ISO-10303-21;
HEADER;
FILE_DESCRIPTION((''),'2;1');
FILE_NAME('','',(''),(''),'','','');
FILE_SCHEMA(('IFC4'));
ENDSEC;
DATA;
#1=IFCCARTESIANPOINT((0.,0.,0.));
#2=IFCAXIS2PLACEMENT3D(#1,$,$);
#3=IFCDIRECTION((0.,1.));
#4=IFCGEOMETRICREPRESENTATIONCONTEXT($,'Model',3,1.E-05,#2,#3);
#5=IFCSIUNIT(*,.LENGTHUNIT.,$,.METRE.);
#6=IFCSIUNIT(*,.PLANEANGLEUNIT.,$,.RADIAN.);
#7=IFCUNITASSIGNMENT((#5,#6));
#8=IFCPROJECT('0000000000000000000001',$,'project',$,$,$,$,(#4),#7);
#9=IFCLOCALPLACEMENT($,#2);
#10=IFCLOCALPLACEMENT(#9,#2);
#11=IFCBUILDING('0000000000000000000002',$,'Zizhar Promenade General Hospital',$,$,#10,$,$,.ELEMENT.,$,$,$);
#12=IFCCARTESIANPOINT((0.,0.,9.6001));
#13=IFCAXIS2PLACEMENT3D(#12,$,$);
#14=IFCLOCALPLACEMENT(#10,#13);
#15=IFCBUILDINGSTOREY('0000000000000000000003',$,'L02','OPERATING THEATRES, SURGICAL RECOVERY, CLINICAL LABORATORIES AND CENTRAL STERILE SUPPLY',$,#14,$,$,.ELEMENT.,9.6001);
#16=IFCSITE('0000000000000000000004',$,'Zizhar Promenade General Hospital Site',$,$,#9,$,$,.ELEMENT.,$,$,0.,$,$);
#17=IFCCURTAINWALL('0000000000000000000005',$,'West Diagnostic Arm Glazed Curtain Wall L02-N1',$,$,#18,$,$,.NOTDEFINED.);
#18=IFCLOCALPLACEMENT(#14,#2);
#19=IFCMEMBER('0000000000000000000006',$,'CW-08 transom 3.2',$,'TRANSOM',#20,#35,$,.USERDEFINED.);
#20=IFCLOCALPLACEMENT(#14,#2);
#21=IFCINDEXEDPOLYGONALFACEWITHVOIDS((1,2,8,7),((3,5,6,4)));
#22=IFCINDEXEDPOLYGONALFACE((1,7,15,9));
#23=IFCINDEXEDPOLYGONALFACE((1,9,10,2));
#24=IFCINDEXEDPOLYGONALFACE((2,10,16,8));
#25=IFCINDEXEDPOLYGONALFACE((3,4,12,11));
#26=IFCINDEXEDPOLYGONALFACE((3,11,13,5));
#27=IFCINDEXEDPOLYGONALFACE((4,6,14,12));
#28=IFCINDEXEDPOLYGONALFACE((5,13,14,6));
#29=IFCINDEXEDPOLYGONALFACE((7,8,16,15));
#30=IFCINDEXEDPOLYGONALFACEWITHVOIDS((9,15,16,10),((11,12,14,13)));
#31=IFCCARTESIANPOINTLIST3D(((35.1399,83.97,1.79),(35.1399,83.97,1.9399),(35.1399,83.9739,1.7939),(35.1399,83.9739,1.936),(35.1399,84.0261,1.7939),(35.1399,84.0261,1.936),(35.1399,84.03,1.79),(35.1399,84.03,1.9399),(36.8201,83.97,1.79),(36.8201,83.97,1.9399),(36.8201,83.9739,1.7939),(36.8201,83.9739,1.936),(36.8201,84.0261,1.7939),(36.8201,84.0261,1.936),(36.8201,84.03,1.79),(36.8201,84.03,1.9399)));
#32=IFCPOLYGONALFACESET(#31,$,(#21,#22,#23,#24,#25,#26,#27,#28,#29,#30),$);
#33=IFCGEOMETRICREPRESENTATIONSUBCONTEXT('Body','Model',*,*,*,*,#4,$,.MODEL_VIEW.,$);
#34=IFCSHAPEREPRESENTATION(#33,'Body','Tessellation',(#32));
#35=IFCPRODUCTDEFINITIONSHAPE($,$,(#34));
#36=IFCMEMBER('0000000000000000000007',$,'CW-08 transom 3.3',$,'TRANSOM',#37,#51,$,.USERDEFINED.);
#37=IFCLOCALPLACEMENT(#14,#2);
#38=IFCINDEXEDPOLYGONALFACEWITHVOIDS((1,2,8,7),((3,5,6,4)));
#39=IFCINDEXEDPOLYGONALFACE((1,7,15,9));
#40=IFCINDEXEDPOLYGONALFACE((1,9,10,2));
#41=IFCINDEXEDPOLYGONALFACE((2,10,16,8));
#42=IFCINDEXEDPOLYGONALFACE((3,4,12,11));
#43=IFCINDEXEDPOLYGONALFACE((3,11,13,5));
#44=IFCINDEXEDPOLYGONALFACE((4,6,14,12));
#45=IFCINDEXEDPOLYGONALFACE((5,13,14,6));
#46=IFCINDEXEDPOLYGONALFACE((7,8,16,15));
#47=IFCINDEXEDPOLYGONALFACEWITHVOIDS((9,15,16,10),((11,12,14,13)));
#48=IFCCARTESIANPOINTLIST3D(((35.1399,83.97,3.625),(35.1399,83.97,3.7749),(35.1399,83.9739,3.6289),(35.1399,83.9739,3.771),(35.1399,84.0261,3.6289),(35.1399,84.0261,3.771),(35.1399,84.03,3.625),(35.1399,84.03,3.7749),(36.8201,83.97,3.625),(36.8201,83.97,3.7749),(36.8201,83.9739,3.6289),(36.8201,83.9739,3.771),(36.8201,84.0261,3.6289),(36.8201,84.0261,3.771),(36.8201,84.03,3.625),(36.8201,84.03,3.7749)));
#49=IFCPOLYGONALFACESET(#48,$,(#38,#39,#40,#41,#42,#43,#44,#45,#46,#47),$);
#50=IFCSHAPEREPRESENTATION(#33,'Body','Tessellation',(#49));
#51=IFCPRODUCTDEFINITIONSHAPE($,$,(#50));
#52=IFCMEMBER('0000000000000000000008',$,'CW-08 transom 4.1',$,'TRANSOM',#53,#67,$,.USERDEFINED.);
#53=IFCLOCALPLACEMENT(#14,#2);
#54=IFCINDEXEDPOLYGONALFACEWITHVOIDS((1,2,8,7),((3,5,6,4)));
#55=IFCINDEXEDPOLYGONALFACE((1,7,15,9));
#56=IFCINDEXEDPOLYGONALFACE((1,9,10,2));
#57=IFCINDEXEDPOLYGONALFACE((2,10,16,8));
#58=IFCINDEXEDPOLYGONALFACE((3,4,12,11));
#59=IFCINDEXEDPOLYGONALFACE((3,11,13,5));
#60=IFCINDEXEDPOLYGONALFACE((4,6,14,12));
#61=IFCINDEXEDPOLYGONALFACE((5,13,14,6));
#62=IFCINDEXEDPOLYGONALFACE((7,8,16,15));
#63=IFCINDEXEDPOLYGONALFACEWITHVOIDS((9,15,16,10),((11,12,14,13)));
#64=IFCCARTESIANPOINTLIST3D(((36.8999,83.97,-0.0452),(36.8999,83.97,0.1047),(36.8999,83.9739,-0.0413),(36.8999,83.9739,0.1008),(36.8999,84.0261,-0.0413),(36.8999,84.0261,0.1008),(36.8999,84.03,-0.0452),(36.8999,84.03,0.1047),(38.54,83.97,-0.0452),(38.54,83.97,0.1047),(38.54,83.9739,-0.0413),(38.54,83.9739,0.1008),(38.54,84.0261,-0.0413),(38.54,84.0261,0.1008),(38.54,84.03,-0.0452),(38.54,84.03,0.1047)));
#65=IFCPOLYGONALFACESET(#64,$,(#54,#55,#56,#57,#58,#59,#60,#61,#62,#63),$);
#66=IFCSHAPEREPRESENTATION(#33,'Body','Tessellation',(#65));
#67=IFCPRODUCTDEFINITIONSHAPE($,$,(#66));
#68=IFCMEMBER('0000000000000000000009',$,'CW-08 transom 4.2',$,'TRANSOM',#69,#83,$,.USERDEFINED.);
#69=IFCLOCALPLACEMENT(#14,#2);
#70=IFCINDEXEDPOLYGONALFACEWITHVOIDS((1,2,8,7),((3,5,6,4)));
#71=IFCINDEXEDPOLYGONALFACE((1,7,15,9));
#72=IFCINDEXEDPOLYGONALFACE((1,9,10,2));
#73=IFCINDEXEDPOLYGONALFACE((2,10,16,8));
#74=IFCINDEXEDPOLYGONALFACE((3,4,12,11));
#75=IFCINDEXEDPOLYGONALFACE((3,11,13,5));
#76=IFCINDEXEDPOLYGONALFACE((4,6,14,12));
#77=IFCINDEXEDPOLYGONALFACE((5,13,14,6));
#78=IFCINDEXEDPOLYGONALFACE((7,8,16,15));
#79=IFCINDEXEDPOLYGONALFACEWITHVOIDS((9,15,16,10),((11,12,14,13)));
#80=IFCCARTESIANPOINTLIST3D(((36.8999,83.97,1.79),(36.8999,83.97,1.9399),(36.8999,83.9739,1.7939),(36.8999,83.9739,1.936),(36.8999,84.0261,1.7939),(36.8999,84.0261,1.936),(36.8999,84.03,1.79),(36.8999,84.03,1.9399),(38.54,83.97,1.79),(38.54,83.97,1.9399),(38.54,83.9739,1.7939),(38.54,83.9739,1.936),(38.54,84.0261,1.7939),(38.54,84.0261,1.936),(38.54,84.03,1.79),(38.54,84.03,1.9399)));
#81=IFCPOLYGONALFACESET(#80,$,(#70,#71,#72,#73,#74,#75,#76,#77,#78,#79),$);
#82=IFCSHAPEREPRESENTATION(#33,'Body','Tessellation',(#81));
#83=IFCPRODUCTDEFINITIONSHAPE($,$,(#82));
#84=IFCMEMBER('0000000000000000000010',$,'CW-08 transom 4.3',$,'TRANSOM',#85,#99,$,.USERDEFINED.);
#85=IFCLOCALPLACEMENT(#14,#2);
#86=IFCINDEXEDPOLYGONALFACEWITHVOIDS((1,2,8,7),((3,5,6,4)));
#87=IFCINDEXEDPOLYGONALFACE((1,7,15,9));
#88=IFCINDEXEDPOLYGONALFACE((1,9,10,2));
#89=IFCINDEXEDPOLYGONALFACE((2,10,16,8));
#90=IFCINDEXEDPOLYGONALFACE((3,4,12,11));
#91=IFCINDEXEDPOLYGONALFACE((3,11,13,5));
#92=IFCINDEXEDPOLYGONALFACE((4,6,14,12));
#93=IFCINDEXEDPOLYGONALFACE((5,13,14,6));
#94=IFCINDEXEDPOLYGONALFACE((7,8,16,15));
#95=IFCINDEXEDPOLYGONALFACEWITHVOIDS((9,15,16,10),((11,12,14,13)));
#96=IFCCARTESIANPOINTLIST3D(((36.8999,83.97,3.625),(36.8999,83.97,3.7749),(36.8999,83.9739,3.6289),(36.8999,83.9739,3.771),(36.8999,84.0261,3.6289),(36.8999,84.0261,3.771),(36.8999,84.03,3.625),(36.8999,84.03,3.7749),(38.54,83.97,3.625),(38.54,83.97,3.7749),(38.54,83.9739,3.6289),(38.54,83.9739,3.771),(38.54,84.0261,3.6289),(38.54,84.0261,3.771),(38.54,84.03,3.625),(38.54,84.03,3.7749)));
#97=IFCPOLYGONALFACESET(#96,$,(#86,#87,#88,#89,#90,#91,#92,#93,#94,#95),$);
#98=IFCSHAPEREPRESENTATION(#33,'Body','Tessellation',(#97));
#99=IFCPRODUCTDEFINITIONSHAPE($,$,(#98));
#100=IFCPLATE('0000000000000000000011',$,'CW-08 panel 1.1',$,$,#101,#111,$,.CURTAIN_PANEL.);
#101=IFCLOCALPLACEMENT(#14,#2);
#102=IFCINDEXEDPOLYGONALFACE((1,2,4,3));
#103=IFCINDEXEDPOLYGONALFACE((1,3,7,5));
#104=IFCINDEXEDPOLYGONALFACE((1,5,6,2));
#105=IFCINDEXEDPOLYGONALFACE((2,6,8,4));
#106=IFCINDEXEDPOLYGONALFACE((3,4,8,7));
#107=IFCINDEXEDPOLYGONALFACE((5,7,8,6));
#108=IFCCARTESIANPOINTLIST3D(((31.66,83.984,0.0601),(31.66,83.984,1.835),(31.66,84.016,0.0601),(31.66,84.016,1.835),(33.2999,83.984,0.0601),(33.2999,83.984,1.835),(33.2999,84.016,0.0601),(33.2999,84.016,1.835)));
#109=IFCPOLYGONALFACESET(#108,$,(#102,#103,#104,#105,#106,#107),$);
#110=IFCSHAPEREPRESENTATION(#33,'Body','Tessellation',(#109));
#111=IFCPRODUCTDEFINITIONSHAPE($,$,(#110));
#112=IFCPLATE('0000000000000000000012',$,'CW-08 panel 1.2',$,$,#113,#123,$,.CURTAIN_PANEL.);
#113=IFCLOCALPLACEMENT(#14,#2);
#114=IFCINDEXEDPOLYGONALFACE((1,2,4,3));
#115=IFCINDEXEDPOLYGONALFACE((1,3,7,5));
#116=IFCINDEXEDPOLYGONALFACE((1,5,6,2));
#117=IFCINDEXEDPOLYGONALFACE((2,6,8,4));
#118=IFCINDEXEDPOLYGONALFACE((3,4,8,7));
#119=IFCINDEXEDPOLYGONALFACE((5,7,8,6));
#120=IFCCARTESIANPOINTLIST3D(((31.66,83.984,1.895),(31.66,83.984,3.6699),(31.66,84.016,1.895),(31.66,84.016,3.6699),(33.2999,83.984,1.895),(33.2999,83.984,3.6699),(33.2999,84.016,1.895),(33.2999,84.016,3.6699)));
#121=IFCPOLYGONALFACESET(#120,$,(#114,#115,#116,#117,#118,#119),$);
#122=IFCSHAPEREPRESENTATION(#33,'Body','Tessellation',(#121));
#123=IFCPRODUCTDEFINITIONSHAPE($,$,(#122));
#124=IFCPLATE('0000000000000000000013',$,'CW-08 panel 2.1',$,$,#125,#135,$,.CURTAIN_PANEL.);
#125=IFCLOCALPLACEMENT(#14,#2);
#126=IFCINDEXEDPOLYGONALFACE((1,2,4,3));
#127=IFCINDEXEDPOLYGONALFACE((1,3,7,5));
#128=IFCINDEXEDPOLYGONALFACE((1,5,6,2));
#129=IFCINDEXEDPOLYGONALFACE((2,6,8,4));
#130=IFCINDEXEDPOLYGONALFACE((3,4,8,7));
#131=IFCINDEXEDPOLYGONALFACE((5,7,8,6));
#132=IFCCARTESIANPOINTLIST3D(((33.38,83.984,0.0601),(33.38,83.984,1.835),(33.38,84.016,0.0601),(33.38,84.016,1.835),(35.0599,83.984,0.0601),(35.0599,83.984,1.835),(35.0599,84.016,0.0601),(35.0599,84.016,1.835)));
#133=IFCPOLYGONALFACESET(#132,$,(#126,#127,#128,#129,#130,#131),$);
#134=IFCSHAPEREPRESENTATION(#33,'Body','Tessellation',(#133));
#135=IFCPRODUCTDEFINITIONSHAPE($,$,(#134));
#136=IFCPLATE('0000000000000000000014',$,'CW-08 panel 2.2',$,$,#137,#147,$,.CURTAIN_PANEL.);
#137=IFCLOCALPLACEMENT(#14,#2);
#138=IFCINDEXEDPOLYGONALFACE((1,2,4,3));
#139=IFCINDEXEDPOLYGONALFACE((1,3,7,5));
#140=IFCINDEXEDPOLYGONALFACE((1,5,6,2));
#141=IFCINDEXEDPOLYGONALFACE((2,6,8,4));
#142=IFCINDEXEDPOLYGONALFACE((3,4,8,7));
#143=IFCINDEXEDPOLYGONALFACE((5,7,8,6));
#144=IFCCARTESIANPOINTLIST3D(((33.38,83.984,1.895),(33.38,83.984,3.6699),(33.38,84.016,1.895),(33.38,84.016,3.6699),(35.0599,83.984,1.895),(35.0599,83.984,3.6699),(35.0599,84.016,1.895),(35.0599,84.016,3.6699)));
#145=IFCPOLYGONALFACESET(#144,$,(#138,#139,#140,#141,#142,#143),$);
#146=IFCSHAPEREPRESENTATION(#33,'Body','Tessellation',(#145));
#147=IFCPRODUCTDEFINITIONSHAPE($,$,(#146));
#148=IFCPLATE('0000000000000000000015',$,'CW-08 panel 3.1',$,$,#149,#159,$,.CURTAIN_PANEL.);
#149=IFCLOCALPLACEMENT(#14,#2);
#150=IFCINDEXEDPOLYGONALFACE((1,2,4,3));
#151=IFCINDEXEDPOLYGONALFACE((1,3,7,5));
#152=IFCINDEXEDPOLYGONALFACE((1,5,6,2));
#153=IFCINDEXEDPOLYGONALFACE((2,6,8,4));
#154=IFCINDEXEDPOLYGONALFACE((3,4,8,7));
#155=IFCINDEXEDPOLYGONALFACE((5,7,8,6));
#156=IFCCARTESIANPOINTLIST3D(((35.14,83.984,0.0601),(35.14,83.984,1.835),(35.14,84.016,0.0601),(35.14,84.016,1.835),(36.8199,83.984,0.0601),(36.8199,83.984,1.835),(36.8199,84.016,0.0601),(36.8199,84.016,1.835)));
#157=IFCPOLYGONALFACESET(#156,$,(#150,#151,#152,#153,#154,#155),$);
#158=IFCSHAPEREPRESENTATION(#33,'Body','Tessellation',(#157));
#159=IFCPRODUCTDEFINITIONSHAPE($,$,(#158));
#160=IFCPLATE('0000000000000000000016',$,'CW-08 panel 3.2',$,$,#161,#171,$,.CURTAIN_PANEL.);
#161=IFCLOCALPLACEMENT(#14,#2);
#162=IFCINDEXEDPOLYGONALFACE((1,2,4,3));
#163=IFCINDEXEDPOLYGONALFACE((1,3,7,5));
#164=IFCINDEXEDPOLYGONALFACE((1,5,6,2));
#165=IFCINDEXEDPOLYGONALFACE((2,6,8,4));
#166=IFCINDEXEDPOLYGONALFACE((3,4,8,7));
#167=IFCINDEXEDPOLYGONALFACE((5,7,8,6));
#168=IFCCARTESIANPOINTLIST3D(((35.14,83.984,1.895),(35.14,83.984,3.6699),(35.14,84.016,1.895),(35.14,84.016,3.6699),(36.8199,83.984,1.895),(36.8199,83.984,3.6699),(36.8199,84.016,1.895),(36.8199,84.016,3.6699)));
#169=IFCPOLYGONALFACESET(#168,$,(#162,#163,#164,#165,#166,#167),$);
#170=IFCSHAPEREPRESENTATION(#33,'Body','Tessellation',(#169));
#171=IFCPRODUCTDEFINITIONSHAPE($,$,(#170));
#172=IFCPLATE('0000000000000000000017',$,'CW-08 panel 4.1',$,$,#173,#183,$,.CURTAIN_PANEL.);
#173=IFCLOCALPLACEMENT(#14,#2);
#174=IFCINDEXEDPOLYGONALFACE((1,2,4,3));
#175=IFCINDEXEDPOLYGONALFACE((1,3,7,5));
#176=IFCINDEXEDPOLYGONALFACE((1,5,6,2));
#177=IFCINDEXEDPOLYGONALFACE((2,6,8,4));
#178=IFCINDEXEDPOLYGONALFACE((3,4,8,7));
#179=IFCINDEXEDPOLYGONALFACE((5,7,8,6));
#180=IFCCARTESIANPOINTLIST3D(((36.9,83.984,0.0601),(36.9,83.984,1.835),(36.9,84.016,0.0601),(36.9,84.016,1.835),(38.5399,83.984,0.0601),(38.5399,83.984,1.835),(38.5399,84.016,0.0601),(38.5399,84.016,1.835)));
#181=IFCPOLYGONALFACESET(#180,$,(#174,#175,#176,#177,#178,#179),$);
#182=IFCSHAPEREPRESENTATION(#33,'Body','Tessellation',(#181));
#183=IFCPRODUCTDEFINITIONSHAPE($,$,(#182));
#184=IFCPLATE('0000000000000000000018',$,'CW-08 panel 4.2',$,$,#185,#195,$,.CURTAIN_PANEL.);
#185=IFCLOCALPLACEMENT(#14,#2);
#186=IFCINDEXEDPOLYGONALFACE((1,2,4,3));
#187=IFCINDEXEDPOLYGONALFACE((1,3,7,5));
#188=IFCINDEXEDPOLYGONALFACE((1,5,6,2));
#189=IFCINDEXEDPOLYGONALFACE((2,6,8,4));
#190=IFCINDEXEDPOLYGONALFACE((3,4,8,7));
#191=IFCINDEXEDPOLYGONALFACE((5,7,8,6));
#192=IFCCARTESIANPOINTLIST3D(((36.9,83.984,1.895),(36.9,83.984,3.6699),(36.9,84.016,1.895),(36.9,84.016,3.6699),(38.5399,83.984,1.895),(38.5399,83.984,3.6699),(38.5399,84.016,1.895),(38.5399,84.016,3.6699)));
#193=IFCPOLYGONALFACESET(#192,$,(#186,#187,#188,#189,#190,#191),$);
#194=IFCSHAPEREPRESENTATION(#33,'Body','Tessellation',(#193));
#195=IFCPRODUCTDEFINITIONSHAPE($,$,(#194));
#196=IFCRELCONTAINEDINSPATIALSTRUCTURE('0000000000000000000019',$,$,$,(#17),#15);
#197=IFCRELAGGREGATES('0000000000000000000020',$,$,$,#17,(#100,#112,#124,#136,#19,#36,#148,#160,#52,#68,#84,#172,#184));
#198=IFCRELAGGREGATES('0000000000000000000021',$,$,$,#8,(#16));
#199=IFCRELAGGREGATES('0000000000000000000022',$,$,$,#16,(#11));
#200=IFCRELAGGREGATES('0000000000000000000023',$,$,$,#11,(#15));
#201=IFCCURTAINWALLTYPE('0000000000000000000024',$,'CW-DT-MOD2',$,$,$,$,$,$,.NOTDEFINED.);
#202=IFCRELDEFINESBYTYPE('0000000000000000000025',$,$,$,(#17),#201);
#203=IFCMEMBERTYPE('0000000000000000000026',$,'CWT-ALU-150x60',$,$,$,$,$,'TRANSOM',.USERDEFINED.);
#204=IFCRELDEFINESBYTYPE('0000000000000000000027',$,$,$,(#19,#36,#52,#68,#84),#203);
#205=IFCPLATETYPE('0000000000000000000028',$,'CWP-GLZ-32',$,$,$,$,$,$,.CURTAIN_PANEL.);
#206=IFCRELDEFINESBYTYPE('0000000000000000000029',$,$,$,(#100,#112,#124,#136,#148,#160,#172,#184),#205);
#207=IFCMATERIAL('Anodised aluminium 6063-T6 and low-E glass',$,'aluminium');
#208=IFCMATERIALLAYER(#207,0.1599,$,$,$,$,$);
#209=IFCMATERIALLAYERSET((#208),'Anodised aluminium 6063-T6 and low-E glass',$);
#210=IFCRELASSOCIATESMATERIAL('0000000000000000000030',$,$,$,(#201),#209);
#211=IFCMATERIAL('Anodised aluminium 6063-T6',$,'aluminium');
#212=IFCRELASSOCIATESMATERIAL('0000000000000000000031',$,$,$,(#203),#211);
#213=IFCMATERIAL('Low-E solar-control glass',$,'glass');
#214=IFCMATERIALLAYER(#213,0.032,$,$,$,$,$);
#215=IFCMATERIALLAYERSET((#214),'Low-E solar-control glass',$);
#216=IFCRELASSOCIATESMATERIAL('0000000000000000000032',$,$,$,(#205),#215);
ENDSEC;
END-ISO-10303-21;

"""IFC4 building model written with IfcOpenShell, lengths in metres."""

from ifc_helpers import new_model, si_unit, direction, frame, origin, origin_2d, place, context, subcontext, project, spatial, rectangle, hollow_rectangle, extrude, material, layer, layer_set, material_profile, profile_set, type_object, element, aggregate, save


model = new_model("IFC4")

# Units and contexts
model_context = context("Model", 3, precision=1e-05, world=origin(), true_north=direction((0.0, 1.0)))
body_context = subcontext(model_context, "Body", "Model", "MODEL_VIEW")
ifc_project = project(units=[si_unit("LENGTHUNIT", "METRE"), si_unit("PLANEANGLEUNIT", "RADIAN")], contexts=[model_context])

# Site, building, storey
site_placement = place(None, origin())
site = spatial("IfcSite", under=ifc_project, at=site_placement, Name="Zizhar Promenade General Hospital Site", CompositionType="ELEMENT", RefElevation=0.0)
building_placement = place(site_placement, origin())
building = spatial("IfcBuilding", under=site, at=building_placement, Name="Zizhar Promenade General Hospital", CompositionType="ELEMENT")
storey_placement = place(building_placement, frame((0.0, 0.0, 9.6001)))
storey = spatial("IfcBuildingStorey", under=building, at=storey_placement, Name="L02", Description="OPERATING THEATRES, SURGICAL RECOVERY, CLINICAL LABORATORIES AND CENTRAL STERILE SUPPLY", CompositionType="ELEMENT", Elevation=9.6001)

# Curtain wall
ifc_material_1 = material(Name="Anodised aluminium 6063-T6 and low-E glass", Category="aluminium")
ifc_layer_1 = layer(ifc_material_1, 0.1599)
ifc_layer_set_1 = layer_set([ifc_layer_1], Name="Anodised aluminium 6063-T6 and low-E glass")
curtain_wall_type = type_object("IfcCurtainWallType", Name="CW-DT-MOD2", PredefinedType="NOTDEFINED", material=ifc_layer_set_1)
curtain_wall_1_placement = place(storey_placement, origin())
curtain_wall_1 = element("IfcCurtainWall", 1, at=curtain_wall_1_placement, inside=storey, type_object=curtain_wall_type, Name="West Diagnostic Arm Glazed Curtain Wall L02-N1", PredefinedType="NOTDEFINED")

# Members
ifc_material_2 = material(Name="Anodised aluminium 6063-T6", Category="aluminium")
ifc_material_profile_1 = material_profile(ifc_material_2, hollow_rectangle(XDim=0.0601, YDim=0.1499, WallThickness=0.0039, at=origin_2d()))
ifc_profile_set_1 = profile_set([ifc_material_profile_1], Name="Anodised aluminium 6063-T6")
member_type_1 = type_object("IfcMemberType", Name="CWT-ALU-150x60", ElementType="TRANSOM", PredefinedType="USERDEFINED", material=ifc_profile_set_1)
member_1_placement = place(storey_placement, frame((35.1399, 84.0, 1.865), z_axis=(1.0, 0.0, 0.0), x_axis=(0.0, 1.0, 0.0)))
member_1 = element("IfcMember", 2, at=member_1_placement, type_object=member_type_1, Name="CW-08 transom 3.2", ObjectType="TRANSOM", PredefinedType="USERDEFINED", context=body_context, shape_type="SweptSolid", body=[
    extrude(hollow_rectangle(XDim=0.0601, YDim=0.1499, WallThickness=0.0039, at=origin_2d()), origin(), (0.0, 0.0, 1.0), 1.6802),
])
member_2_placement = place(storey_placement, frame((35.1399, 84.0, 3.7), z_axis=(1.0, 0.0, 0.0), x_axis=(0.0, 1.0, 0.0)))
member_2 = element("IfcMember", 3, at=member_2_placement, type_object=member_type_1, Name="CW-08 transom 3.3", ObjectType="TRANSOM", PredefinedType="USERDEFINED", context=body_context, shape_type="SweptSolid", body=[
    extrude(hollow_rectangle(XDim=0.0601, YDim=0.1499, WallThickness=0.0039, at=origin_2d()), origin(), (0.0, 0.0, 1.0), 1.6802),
])
member_3_placement = place(storey_placement, frame((36.8999, 84.0, 0.0298), z_axis=(1.0, 0.0, 0.0), x_axis=(0.0, 1.0, 0.0)))
member_3 = element("IfcMember", 4, at=member_3_placement, type_object=member_type_1, Name="CW-08 transom 4.1", ObjectType="TRANSOM", PredefinedType="USERDEFINED", context=body_context, shape_type="SweptSolid", body=[
    extrude(hollow_rectangle(XDim=0.0601, YDim=0.1499, WallThickness=0.0039, at=origin_2d()), origin(), (0.0, 0.0, 1.0), 1.6401),
])
member_4_placement = place(storey_placement, frame((36.8999, 84.0, 1.865), z_axis=(1.0, 0.0, 0.0), x_axis=(0.0, 1.0, 0.0)))
member_4 = element("IfcMember", 5, at=member_4_placement, type_object=member_type_1, Name="CW-08 transom 4.2", ObjectType="TRANSOM", PredefinedType="USERDEFINED", context=body_context, shape_type="SweptSolid", body=[
    extrude(hollow_rectangle(XDim=0.0601, YDim=0.1499, WallThickness=0.0039, at=origin_2d()), origin(), (0.0, 0.0, 1.0), 1.6401),
])
member_5_placement = place(storey_placement, frame((36.8999, 84.0, 3.7), z_axis=(1.0, 0.0, 0.0), x_axis=(0.0, 1.0, 0.0)))
member_5 = element("IfcMember", 6, at=member_5_placement, type_object=member_type_1, Name="CW-08 transom 4.3", ObjectType="TRANSOM", PredefinedType="USERDEFINED", context=body_context, shape_type="SweptSolid", body=[
    extrude(hollow_rectangle(XDim=0.0601, YDim=0.1499, WallThickness=0.0039, at=origin_2d()), origin(), (0.0, 0.0, 1.0), 1.6401),
])

# Plates
ifc_material_3 = material(Name="Low-E solar-control glass", Category="glass")
ifc_layer_2 = layer(ifc_material_3, 0.032)
ifc_layer_set_2 = layer_set([ifc_layer_2], Name="Low-E solar-control glass")
plate_type = type_object("IfcPlateType", Name="CWP-GLZ-32", PredefinedType="CURTAIN_PANEL", material=ifc_layer_set_2)
plate_1_placement = place(storey_placement, frame((32.48, 84.0, 0.0601), z_axis=(0.0, 0.0, 1.0), x_axis=(1.0, 0.0, 0.0)))
plate_1 = element("IfcPlate", 7, at=plate_1_placement, type_object=plate_type, Name="CW-08 panel 1.1", PredefinedType="CURTAIN_PANEL", context=body_context, shape_type="SweptSolid", body=[
    extrude(rectangle(XDim=1.6399, YDim=0.032, at=origin_2d()), origin(), (0.0, 0.0, 1.0), 1.7749),
])
plate_2_placement = place(storey_placement, frame((32.48, 84.0, 1.895), z_axis=(0.0, 0.0, 1.0), x_axis=(1.0, 0.0, 0.0)))
plate_2 = element("IfcPlate", 8, at=plate_2_placement, type_object=plate_type, Name="CW-08 panel 1.2", PredefinedType="CURTAIN_PANEL", context=body_context, shape_type="SweptSolid", body=[
    extrude(rectangle(XDim=1.6399, YDim=0.032, at=origin_2d()), origin(), (0.0, 0.0, 1.0), 1.7749),
])
plate_3_placement = place(storey_placement, frame((34.22, 84.0, 0.0601), z_axis=(0.0, 0.0, 1.0), x_axis=(1.0, 0.0, 0.0)))
plate_3 = element("IfcPlate", 9, at=plate_3_placement, type_object=plate_type, Name="CW-08 panel 2.1", PredefinedType="CURTAIN_PANEL", context=body_context, shape_type="SweptSolid", body=[
    extrude(rectangle(XDim=1.6799, YDim=0.032, at=origin_2d()), origin(), (0.0, 0.0, 1.0), 1.7749),
])
plate_4_placement = place(storey_placement, frame((34.22, 84.0, 1.895), z_axis=(0.0, 0.0, 1.0), x_axis=(1.0, 0.0, 0.0)))
plate_4 = element("IfcPlate", 10, at=plate_4_placement, type_object=plate_type, Name="CW-08 panel 2.2", PredefinedType="CURTAIN_PANEL", context=body_context, shape_type="SweptSolid", body=[
    extrude(rectangle(XDim=1.6799, YDim=0.032, at=origin_2d()), origin(), (0.0, 0.0, 1.0), 1.7749),
])
plate_5_placement = place(storey_placement, frame((35.98, 84.0, 0.0601), z_axis=(0.0, 0.0, 1.0), x_axis=(1.0, 0.0, 0.0)))
plate_5 = element("IfcPlate", 11, at=plate_5_placement, type_object=plate_type, Name="CW-08 panel 3.1", PredefinedType="CURTAIN_PANEL", context=body_context, shape_type="SweptSolid", body=[
    extrude(rectangle(XDim=1.6799, YDim=0.032, at=origin_2d()), origin(), (0.0, 0.0, 1.0), 1.7749),
])
plate_6_placement = place(storey_placement, frame((35.98, 84.0, 1.895), z_axis=(0.0, 0.0, 1.0), x_axis=(1.0, 0.0, 0.0)))
plate_6 = element("IfcPlate", 12, at=plate_6_placement, type_object=plate_type, Name="CW-08 panel 3.2", PredefinedType="CURTAIN_PANEL", context=body_context, shape_type="SweptSolid", body=[
    extrude(rectangle(XDim=1.6799, YDim=0.032, at=origin_2d()), origin(), (0.0, 0.0, 1.0), 1.7749),
])
plate_7_placement = place(storey_placement, frame((37.72, 84.0, 0.0601), z_axis=(0.0, 0.0, 1.0), x_axis=(1.0, 0.0, 0.0)))
plate_7 = element("IfcPlate", 13, at=plate_7_placement, type_object=plate_type, Name="CW-08 panel 4.1", PredefinedType="CURTAIN_PANEL", context=body_context, shape_type="SweptSolid", body=[
    extrude(rectangle(XDim=1.6399, YDim=0.032, at=origin_2d()), origin(), (0.0, 0.0, 1.0), 1.7749),
])
plate_8_placement = place(storey_placement, frame((37.72, 84.0, 1.895), z_axis=(0.0, 0.0, 1.0), x_axis=(1.0, 0.0, 0.0)))
plate_8 = element("IfcPlate", 14, at=plate_8_placement, type_object=plate_type, Name="CW-08 panel 4.2", PredefinedType="CURTAIN_PANEL", context=body_context, shape_type="SweptSolid", body=[
    extrude(rectangle(XDim=1.6399, YDim=0.032, at=origin_2d()), origin(), (0.0, 0.0, 1.0), 1.7749),
])
aggregate(curtain_wall_1, [plate_1, plate_2, plate_3, plate_4, member_1, member_2, plate_5, plate_6, member_3, member_4, member_5, plate_7, plate_8])

save(model, "model.ifc")
